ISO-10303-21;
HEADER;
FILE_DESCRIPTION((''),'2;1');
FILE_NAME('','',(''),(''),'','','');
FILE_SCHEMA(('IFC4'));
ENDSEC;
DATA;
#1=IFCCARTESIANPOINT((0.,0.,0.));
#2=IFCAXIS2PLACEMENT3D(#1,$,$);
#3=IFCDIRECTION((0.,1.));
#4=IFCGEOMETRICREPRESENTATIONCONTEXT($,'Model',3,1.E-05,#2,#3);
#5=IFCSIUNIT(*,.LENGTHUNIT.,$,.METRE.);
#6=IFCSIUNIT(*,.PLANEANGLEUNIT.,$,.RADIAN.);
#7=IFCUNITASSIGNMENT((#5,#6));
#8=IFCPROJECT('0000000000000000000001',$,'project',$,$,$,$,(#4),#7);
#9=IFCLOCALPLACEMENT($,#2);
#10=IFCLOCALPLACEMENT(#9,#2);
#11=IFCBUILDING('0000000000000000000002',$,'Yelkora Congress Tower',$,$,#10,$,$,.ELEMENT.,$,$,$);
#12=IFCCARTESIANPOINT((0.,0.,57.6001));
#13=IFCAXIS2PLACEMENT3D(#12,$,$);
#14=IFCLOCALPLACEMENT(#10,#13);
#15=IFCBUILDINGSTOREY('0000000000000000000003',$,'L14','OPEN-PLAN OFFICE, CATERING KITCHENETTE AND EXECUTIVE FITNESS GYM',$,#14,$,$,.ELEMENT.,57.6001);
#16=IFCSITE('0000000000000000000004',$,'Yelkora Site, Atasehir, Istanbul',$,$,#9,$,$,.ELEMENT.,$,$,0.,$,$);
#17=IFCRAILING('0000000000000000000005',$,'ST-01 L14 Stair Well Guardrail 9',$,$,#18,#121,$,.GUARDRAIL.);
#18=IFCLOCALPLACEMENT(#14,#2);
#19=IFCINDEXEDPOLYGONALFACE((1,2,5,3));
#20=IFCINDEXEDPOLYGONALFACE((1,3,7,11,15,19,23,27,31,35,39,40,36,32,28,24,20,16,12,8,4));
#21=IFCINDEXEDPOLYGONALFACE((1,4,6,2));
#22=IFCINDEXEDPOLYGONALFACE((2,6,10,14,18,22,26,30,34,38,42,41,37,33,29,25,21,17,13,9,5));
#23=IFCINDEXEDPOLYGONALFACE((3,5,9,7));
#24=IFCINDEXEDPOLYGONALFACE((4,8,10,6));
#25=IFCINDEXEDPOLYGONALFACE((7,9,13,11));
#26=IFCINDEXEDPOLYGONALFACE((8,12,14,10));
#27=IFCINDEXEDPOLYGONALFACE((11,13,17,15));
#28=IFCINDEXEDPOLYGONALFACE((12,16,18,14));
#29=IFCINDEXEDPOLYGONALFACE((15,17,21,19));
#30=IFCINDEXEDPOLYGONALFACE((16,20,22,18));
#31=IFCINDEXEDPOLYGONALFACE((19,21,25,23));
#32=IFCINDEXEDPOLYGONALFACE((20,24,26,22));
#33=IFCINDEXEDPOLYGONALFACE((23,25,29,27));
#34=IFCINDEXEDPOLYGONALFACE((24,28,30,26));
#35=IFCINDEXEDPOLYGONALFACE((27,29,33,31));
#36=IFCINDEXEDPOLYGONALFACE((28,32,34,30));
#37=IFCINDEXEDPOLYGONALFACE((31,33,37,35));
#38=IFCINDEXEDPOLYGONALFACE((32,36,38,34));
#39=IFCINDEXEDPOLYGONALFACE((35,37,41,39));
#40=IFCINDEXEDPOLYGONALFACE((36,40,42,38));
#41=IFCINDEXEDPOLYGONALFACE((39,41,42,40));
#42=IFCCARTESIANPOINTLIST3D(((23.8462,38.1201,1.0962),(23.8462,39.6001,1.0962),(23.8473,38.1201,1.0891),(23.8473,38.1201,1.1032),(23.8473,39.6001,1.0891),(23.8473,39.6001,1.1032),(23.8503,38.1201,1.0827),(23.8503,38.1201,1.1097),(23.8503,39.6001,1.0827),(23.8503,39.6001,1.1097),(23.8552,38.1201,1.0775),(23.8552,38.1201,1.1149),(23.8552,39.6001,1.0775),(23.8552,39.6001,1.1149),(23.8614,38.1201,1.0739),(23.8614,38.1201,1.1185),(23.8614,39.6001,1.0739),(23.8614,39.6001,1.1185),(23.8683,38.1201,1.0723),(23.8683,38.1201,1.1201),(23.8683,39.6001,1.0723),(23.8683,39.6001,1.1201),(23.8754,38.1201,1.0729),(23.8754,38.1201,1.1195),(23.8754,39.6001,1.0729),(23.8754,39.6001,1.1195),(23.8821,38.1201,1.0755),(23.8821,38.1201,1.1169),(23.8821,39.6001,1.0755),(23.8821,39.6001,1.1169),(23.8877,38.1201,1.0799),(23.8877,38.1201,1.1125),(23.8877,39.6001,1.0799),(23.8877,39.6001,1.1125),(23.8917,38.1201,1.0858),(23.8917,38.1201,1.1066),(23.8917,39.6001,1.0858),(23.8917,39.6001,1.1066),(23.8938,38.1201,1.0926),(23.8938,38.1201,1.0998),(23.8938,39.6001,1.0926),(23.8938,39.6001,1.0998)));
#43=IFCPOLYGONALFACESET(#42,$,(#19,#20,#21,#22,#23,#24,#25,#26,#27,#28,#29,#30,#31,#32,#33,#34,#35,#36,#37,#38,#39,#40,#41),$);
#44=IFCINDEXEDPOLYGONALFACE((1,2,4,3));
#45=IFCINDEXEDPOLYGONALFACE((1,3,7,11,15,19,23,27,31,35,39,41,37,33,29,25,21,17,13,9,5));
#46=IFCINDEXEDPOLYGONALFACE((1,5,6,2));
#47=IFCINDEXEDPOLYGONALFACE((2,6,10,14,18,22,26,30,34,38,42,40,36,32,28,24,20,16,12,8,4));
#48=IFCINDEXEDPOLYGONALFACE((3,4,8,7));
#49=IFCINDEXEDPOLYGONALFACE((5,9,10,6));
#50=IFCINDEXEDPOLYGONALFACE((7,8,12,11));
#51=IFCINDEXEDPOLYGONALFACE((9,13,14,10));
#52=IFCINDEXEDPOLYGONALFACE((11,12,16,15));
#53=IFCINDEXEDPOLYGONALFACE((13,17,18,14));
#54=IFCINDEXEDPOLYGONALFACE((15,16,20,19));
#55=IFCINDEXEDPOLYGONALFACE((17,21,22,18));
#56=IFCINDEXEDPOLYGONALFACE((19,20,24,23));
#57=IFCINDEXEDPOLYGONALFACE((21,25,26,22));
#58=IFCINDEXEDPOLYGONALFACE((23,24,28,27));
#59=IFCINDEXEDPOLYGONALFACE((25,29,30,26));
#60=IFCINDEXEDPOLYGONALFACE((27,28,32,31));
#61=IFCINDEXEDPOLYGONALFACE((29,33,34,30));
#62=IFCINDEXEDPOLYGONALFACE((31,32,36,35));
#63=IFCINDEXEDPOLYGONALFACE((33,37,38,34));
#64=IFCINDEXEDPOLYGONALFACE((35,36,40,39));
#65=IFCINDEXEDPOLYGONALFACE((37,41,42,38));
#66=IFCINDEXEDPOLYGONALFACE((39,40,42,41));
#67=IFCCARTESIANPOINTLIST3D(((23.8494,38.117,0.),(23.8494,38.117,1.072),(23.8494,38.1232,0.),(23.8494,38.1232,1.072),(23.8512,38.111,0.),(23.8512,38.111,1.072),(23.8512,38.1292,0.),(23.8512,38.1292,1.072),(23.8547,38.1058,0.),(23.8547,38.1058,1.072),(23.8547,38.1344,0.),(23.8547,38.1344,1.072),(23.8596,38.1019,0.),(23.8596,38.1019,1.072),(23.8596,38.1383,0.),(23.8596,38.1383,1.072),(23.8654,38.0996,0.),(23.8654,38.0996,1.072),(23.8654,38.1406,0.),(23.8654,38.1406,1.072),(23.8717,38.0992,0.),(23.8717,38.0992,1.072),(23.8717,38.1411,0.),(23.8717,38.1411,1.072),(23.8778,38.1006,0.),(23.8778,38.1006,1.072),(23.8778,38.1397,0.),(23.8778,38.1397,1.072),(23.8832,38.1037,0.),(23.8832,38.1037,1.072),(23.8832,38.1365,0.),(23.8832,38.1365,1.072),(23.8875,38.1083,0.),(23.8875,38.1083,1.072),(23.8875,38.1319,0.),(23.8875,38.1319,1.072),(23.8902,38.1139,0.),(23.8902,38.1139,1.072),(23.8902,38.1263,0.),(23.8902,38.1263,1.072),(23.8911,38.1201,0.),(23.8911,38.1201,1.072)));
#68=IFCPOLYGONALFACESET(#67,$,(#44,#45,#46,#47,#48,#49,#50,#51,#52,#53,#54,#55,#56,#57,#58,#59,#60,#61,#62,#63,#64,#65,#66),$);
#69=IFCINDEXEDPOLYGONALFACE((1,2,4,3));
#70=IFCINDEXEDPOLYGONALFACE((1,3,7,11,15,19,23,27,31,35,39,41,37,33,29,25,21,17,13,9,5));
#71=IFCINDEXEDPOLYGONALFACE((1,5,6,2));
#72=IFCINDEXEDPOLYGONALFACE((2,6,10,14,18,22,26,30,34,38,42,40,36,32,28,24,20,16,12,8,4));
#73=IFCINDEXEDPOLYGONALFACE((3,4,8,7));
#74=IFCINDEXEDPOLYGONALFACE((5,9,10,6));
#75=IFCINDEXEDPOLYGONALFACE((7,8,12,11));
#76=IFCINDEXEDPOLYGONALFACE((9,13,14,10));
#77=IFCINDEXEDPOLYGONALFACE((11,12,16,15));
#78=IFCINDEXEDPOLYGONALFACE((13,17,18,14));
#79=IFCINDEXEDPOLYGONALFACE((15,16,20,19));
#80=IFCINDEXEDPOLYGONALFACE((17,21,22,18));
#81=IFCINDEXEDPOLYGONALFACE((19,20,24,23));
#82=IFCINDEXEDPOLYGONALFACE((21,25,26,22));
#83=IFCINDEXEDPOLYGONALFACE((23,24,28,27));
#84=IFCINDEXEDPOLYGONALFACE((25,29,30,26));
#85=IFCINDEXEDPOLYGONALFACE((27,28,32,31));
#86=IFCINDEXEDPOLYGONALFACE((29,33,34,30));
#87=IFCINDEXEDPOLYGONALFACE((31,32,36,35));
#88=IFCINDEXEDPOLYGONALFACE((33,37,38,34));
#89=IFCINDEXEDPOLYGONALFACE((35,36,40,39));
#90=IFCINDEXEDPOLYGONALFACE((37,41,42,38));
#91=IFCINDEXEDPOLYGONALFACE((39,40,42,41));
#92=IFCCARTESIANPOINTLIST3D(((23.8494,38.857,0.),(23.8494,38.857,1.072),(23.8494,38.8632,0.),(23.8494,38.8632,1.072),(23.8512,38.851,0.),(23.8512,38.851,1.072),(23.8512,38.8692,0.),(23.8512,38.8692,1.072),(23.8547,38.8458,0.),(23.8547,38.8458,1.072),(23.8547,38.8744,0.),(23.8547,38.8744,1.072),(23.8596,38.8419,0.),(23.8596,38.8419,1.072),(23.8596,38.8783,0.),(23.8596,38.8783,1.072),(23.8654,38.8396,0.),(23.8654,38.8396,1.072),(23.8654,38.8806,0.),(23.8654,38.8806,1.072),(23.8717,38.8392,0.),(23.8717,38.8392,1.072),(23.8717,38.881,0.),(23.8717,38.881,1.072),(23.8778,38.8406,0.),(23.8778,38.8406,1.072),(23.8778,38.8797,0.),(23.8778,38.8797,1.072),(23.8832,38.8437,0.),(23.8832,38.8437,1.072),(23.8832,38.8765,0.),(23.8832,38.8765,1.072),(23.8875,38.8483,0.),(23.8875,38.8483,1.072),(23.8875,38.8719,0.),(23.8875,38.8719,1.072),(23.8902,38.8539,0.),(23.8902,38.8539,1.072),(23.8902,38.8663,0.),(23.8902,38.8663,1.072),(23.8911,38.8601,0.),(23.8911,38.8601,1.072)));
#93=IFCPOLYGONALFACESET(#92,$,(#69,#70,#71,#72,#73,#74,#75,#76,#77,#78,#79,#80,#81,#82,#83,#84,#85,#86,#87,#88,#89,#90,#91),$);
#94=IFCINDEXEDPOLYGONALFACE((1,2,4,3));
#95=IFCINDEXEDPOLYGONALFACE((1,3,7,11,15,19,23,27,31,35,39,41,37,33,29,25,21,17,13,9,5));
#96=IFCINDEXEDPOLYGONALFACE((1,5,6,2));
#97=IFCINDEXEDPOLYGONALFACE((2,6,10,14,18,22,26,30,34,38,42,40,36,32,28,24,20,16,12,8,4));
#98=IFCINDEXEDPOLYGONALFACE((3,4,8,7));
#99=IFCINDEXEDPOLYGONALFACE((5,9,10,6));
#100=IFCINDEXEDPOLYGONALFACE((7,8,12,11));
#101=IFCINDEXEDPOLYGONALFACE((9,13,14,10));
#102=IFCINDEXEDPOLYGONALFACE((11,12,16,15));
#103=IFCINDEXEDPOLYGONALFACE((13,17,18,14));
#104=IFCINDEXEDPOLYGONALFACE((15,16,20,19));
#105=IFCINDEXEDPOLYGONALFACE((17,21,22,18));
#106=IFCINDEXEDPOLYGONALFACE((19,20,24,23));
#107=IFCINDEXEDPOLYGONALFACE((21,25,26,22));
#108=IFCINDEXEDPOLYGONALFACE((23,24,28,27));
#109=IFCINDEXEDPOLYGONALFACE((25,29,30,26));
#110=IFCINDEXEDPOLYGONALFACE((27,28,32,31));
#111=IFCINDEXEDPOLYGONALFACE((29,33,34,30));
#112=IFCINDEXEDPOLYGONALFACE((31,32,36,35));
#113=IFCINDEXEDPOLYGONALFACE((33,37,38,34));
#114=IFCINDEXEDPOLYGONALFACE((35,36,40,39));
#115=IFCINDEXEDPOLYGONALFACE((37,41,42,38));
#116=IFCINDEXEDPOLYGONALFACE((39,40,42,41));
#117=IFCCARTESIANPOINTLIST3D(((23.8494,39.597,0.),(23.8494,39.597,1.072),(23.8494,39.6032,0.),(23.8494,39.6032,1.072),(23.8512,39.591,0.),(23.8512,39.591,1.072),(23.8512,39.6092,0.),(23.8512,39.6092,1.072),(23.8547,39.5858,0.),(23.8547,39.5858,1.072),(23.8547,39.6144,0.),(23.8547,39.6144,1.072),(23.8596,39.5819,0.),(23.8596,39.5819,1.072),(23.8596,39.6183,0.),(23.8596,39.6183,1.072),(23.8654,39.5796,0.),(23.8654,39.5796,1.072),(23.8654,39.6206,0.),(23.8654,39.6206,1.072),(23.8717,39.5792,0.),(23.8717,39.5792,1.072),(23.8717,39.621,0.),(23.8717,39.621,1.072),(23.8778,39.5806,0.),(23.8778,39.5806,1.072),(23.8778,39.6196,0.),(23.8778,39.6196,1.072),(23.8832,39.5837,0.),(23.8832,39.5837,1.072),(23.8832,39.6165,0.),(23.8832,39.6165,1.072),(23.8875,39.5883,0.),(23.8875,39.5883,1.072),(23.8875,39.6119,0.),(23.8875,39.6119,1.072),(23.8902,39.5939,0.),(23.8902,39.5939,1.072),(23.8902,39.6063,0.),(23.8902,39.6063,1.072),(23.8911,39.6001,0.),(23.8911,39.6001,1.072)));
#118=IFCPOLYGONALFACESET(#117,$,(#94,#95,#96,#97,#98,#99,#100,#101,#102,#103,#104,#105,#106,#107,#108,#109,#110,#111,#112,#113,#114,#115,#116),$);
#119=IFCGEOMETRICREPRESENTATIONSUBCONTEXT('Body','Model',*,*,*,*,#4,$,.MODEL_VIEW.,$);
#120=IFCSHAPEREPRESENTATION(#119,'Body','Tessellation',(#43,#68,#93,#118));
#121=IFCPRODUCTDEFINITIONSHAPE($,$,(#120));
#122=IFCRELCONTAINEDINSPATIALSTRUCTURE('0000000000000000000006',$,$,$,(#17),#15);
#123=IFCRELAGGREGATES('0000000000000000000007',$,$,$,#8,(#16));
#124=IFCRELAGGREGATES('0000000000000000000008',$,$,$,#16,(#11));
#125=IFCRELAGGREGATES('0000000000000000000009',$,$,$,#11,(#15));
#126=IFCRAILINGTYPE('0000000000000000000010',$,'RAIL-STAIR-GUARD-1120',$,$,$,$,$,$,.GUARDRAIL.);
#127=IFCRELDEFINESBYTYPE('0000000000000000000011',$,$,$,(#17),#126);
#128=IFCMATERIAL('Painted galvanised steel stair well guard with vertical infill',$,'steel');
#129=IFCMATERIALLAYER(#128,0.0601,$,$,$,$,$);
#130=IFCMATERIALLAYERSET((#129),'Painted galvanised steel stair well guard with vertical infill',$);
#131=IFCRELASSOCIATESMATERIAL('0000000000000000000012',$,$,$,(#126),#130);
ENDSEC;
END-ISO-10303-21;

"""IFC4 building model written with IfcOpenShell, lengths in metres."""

from ifc_helpers import new_model, si_unit, direction, frame, origin, origin_2d, place, context, subcontext, project, spatial, circle, extrude, material, layer, layer_set, type_object, element, save


model = new_model("IFC4")

# Units and contexts
model_context = context("Model", 3, precision=1e-05, world=origin(), true_north=direction((0.0, 1.0)))
body_context = subcontext(model_context, "Body", "Model", "MODEL_VIEW")
ifc_project = project(units=[si_unit("LENGTHUNIT", "METRE"), si_unit("PLANEANGLEUNIT", "RADIAN")], contexts=[model_context])

# Site, building, storey
site_placement = place(None, origin())
site = spatial("IfcSite", under=ifc_project, at=site_placement, Name="Yelkora Site, Atasehir, Istanbul", CompositionType="ELEMENT", RefElevation=0.0)
building_placement = place(site_placement, origin())
building = spatial("IfcBuilding", under=site, at=building_placement, Name="Yelkora Congress Tower", CompositionType="ELEMENT")
storey_placement = place(building_placement, frame((0.0, 0.0, 57.6001)))
storey = spatial("IfcBuildingStorey", under=building, at=storey_placement, Name="L14", Description="OPEN-PLAN OFFICE, CATERING KITCHENETTE AND EXECUTIVE FITNESS GYM", CompositionType="ELEMENT", Elevation=57.6001)

# Railing
ifc_material_1 = material(Name="Painted galvanised steel stair well guard with vertical infill", Category="steel")
ifc_layer_1 = layer(ifc_material_1, 0.0601)
ifc_layer_set_1 = layer_set([ifc_layer_1], Name="Painted galvanised steel stair well guard with vertical infill")
railing_type_1 = type_object("IfcRailingType", Name="RAIL-STAIR-GUARD-1120", PredefinedType="GUARDRAIL", material=ifc_layer_set_1)
for number, where, name in (
    (1, (23.8701, 38.1201, 0.0), "ST-01 L14 Stair Well Guardrail 9"),
):
    element("IfcRailing", number, at=place(storey_placement, frame(where)), inside=storey, type_object=railing_type_1, Name=name, PredefinedType="GUARDRAIL", context=body_context, shape_type="SweptSolid", body=[
        extrude(circle(Radius=0.0239, at=origin_2d()), frame((0.0, 0.0, 1.0962), z_axis=(0.0, 1.0, 0.0), x_axis=(-1.0, 0.0, 0.0)), (0.0, 0.0, 1.0), 1.48),
        extrude(circle(Radius=0.021, at=origin_2d()), origin(), (0.0, 0.0, 1.0), 1.072),
        extrude(circle(Radius=0.021, at=origin_2d()), frame((0.0, 0.74, 0.0)), (0.0, 0.0, 1.0), 1.072),
        extrude(circle(Radius=0.021, at=origin_2d()), frame((0.0, 1.48, 0.0)), (0.0, 0.0, 1.0), 1.072),
    ])

save(model, "model.ifc")
